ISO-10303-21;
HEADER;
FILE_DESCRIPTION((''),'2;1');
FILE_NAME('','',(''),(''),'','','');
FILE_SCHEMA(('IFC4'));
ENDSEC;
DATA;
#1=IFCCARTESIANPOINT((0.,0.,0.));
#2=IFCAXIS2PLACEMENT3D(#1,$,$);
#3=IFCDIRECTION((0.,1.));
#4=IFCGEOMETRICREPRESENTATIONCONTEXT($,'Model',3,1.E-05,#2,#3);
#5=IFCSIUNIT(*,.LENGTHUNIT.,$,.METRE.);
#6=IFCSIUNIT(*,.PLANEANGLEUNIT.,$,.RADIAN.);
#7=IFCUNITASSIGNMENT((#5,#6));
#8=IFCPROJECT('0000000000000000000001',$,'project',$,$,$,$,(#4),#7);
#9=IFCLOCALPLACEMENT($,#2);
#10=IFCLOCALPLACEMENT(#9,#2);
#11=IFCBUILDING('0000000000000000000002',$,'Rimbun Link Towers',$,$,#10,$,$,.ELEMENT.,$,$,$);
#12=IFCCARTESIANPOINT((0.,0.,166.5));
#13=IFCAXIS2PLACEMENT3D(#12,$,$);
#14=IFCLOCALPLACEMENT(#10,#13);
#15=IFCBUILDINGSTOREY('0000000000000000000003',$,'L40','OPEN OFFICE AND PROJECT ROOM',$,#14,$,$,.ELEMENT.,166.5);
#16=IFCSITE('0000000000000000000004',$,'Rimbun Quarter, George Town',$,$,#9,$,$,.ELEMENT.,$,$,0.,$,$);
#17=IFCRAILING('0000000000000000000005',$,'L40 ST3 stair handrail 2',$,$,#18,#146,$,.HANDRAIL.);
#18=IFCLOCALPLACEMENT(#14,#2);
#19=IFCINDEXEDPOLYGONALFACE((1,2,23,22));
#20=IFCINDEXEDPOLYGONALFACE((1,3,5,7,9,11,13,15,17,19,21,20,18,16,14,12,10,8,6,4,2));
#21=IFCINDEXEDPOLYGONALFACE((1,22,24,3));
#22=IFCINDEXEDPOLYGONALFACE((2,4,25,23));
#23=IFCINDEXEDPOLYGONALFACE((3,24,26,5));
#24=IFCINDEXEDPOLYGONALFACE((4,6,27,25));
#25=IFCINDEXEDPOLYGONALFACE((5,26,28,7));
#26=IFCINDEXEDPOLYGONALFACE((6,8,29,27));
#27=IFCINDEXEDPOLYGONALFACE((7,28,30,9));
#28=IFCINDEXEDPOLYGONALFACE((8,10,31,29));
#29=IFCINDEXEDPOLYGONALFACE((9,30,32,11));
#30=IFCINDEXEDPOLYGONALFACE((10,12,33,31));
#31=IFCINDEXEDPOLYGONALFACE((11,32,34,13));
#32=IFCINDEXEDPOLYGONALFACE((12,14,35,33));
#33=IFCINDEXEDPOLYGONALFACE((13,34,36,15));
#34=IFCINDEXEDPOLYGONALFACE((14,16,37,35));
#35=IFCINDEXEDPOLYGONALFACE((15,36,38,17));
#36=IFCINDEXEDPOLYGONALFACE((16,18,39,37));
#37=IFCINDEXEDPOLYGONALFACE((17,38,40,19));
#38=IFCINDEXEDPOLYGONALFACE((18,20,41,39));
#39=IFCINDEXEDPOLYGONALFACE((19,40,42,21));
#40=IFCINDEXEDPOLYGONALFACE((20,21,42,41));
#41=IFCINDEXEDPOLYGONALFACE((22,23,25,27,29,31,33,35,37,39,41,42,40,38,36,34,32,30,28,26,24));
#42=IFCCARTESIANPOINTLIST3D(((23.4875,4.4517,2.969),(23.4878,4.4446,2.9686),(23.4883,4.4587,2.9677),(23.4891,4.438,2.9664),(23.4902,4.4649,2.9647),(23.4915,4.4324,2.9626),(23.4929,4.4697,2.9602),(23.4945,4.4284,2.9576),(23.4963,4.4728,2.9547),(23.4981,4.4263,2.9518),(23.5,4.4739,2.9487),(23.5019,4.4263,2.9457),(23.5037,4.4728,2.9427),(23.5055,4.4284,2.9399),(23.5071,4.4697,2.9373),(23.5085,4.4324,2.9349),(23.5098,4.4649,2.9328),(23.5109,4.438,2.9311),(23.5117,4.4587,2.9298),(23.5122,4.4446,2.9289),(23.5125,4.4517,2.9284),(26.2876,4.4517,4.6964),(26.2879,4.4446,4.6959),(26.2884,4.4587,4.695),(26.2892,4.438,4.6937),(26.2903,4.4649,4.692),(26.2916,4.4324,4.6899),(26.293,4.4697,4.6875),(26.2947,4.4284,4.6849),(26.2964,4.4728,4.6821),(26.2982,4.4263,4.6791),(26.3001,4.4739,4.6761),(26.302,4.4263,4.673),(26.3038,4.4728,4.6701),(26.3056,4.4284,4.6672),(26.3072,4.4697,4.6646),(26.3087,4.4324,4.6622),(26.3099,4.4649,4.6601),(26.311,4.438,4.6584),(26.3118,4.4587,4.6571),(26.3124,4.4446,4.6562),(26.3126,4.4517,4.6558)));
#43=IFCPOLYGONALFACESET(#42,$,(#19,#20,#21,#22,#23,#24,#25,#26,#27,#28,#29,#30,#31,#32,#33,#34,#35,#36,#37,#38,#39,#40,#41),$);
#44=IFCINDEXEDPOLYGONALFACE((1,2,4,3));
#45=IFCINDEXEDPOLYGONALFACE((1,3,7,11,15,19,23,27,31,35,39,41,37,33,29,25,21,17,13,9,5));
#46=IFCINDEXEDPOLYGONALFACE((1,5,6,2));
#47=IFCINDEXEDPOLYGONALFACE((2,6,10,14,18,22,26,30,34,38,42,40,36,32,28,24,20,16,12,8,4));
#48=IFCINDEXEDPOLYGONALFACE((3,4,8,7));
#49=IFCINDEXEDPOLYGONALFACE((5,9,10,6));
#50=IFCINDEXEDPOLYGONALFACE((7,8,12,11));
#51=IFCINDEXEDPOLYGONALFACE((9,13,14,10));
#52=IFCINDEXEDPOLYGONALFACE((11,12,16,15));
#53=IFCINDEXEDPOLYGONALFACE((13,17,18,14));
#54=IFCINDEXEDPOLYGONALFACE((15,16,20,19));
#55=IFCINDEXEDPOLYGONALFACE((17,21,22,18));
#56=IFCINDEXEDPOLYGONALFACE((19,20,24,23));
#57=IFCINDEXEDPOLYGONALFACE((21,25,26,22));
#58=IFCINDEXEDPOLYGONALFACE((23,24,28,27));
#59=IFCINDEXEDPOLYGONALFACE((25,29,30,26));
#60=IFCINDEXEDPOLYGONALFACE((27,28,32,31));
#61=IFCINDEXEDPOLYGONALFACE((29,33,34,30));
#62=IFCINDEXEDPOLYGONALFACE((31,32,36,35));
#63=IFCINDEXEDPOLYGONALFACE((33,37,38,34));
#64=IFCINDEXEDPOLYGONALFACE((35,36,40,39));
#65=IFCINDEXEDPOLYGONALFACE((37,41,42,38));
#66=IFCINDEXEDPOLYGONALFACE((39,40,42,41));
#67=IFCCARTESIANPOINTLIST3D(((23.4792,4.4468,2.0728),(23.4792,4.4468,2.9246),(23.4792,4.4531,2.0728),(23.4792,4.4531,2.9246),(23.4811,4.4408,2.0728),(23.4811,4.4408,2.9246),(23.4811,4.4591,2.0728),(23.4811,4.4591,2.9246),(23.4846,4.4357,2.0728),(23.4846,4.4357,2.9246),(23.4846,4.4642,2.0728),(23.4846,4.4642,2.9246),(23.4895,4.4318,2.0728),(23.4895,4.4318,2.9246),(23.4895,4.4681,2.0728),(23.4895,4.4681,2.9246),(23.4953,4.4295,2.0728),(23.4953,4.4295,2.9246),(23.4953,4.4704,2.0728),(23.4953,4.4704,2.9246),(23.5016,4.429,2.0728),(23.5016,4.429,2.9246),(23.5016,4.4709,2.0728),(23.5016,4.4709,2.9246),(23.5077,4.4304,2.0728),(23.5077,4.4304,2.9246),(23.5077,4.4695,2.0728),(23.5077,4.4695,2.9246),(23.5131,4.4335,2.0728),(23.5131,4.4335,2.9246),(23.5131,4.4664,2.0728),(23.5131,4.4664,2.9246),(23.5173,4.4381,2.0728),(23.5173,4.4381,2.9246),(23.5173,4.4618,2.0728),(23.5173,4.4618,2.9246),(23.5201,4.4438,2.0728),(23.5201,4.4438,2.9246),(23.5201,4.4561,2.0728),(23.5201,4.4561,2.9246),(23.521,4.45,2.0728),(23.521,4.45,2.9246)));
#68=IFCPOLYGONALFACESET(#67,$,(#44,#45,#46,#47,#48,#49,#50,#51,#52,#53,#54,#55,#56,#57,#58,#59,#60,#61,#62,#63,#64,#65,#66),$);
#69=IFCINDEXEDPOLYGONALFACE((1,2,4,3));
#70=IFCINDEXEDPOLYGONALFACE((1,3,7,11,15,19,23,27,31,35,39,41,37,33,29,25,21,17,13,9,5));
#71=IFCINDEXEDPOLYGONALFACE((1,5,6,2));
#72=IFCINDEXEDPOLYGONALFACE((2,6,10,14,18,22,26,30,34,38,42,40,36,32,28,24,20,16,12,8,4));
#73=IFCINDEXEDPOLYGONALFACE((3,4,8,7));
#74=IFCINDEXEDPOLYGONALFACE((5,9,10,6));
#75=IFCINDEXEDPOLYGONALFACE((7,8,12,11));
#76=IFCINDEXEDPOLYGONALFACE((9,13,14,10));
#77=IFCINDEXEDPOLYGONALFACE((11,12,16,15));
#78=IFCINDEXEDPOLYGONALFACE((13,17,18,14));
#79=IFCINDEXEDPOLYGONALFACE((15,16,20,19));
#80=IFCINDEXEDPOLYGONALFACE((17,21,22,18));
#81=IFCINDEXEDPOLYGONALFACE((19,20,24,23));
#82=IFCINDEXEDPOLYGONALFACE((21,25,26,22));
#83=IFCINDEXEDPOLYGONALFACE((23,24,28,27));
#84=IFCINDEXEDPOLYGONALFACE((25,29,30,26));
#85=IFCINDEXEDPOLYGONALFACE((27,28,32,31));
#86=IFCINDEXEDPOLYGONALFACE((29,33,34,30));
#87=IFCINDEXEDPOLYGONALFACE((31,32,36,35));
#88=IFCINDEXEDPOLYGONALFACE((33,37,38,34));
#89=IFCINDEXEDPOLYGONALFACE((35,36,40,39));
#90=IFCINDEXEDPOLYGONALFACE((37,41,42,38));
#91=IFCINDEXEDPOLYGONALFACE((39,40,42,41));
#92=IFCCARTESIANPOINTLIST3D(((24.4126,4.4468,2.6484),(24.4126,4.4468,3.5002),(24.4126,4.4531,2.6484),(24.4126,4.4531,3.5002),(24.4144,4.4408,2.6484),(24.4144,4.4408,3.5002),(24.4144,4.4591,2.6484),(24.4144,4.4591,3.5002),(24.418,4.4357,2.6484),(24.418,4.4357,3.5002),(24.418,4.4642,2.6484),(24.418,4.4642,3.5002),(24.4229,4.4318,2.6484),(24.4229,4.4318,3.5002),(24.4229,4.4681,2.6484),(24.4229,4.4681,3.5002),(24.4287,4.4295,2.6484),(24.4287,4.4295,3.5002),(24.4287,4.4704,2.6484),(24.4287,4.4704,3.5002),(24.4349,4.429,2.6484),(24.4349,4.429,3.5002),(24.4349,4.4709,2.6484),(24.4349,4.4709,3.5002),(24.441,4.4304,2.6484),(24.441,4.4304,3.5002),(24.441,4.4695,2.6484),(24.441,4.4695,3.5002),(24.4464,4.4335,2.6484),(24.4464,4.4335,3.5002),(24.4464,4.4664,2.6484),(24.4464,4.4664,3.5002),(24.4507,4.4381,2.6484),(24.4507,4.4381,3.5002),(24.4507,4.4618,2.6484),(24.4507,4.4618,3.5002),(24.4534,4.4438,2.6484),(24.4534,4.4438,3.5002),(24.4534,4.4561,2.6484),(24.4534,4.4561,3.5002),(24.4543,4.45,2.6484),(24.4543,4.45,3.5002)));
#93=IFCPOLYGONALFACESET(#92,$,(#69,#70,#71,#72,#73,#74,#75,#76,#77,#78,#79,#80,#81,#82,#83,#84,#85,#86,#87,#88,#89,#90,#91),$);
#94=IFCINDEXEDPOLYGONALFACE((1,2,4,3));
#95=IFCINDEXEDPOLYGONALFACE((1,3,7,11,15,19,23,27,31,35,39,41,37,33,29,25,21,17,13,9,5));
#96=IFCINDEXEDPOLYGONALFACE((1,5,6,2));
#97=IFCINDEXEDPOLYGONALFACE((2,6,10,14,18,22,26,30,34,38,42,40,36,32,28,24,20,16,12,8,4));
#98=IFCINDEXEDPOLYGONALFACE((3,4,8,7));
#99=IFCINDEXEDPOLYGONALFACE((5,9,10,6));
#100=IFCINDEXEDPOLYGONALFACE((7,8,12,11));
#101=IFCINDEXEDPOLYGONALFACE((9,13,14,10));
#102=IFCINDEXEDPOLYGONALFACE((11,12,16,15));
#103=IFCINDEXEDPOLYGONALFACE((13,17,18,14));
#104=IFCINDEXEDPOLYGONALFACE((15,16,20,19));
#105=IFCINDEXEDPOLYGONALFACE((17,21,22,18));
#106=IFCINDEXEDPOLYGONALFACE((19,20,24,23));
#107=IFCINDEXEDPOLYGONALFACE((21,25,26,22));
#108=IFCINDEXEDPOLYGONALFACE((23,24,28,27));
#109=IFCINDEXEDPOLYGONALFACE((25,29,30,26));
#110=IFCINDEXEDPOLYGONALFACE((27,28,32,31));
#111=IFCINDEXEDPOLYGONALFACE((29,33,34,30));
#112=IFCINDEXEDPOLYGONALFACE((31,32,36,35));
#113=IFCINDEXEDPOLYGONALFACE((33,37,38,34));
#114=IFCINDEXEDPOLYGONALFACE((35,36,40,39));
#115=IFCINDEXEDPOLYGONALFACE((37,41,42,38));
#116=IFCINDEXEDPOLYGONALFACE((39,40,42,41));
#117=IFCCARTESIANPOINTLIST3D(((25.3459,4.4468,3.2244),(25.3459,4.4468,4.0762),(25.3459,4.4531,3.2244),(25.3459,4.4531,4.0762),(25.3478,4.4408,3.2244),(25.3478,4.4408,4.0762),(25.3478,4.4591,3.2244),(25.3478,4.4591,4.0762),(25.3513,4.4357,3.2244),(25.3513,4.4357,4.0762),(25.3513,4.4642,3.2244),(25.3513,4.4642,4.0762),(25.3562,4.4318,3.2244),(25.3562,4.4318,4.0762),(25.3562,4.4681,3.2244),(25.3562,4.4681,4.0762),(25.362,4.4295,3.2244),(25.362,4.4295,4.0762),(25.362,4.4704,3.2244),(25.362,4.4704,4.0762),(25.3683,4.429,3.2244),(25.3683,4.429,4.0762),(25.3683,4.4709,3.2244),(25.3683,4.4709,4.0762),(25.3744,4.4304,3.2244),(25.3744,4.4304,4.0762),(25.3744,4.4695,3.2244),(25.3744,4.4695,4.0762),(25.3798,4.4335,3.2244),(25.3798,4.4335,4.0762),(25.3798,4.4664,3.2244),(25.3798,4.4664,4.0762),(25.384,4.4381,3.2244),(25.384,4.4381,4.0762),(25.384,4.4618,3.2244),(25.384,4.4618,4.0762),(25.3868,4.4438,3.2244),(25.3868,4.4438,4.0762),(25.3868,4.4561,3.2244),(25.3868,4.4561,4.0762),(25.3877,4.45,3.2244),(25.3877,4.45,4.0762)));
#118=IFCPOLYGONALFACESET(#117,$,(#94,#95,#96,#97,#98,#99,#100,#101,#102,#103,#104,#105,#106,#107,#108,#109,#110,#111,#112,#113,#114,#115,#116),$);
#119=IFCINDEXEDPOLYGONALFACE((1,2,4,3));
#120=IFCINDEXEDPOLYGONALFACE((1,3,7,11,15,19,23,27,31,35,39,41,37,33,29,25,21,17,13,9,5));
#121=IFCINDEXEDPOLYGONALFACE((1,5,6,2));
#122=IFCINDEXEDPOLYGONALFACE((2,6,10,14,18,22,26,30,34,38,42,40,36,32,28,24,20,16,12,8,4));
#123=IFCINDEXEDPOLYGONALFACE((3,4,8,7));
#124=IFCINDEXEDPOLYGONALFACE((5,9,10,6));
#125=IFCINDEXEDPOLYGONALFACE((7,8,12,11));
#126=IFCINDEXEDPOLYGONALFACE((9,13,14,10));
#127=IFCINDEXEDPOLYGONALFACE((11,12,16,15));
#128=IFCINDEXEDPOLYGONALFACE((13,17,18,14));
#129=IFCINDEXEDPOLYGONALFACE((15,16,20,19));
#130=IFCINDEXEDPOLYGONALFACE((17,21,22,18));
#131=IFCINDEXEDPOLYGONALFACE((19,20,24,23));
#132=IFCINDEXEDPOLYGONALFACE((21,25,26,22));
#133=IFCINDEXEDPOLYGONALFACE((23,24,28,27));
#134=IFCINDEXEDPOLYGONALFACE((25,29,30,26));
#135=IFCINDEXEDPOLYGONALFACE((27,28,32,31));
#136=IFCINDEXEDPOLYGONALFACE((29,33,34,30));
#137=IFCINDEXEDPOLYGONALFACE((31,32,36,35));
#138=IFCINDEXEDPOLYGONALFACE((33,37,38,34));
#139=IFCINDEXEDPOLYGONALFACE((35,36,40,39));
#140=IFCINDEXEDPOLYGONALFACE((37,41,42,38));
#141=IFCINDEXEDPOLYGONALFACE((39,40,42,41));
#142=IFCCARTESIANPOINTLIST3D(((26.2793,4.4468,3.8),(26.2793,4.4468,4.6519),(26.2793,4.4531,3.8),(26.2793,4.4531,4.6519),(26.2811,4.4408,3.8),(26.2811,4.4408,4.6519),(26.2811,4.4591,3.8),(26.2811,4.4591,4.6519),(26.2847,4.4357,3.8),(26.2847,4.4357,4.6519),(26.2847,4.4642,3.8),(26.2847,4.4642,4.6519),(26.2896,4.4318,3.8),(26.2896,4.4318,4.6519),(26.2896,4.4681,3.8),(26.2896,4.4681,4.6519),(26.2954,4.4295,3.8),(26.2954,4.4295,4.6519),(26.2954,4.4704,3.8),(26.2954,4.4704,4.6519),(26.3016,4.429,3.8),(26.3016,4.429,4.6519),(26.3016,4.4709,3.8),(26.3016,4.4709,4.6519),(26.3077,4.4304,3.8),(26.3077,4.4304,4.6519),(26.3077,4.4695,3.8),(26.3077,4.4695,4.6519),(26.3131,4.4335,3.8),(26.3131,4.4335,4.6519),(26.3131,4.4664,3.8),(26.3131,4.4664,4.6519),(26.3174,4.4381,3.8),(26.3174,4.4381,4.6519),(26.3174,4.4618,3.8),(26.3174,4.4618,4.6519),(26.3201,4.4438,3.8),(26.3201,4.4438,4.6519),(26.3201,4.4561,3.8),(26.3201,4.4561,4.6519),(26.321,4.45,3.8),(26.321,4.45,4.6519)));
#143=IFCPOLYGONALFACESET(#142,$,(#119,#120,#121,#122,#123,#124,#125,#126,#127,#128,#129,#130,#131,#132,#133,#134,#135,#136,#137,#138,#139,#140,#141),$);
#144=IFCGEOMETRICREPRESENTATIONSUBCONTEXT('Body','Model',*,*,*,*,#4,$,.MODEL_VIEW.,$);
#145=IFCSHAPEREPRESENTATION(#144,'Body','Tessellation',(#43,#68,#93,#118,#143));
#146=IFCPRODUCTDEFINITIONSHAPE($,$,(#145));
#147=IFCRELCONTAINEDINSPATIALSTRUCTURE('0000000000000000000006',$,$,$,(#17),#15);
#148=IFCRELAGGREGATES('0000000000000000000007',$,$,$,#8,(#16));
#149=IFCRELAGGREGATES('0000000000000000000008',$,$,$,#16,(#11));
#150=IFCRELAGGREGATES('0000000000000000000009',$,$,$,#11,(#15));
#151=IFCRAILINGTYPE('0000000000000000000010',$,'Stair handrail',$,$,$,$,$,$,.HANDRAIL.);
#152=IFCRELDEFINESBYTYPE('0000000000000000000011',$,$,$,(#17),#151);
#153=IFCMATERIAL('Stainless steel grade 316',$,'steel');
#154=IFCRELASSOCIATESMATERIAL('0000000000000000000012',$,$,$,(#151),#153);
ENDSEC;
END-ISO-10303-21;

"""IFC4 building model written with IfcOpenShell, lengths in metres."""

from ifc_helpers import new_model, si_unit, direction, frame, origin, origin_2d, place, context, subcontext, project, spatial, circle, extrude, material, type_object, element, save


model = new_model("IFC4")

# Units and contexts
model_context = context("Model", 3, precision=1e-05, world=origin(), true_north=direction((0.0, 1.0)))
body_context = subcontext(model_context, "Body", "Model", "MODEL_VIEW")
ifc_project = project(units=[si_unit("LENGTHUNIT", "METRE"), si_unit("PLANEANGLEUNIT", "RADIAN")], contexts=[model_context])

# Site, building, storey
site_placement = place(None, origin())
site = spatial("IfcSite", under=ifc_project, at=site_placement, Name="Rimbun Quarter, George Town", CompositionType="ELEMENT", RefElevation=0.0)
building_placement = place(site_placement, origin())
building = spatial("IfcBuilding", under=site, at=building_placement, Name="Rimbun Link Towers", CompositionType="ELEMENT")
storey_placement = place(building_placement, frame((0.0, 0.0, 166.5)))
storey = spatial("IfcBuildingStorey", under=building, at=storey_placement, Name="L40", Description="OPEN OFFICE AND PROJECT ROOM", CompositionType="ELEMENT", Elevation=166.5)

# Railing
ifc_material_1 = material(Name="Stainless steel grade 316", Category="steel")
railing_type_1 = type_object("IfcRailingType", Name="Stair handrail", PredefinedType="HANDRAIL", material=ifc_material_1)
railing_1_placement = place(storey_placement, frame((23.5, 4.45, 2.0728)))
element("IfcRailing", 1, at=railing_1_placement, inside=storey, type_object=railing_type_1, Name="L40 ST3 stair handrail 2", PredefinedType="HANDRAIL", context=body_context, shape_type="SweptSolid", body=[
    extrude(circle(Radius=0.0239, at=origin_2d()), frame((0.0, 0.0, 0.876), z_axis=(0.85109, 0.0, 0.52502), x_axis=(0.0, 1.0, 0.0)), (0.0, 0.0, 1.0), 3.29),
    extrude(circle(Radius=0.021, at=origin_2d()), origin(), (0.0, 0.0, 1.0), 0.8518),
    extrude(circle(Radius=0.021, at=origin_2d()), frame((0.9333, 0.0, 0.5757)), (0.0, 0.0, 1.0), 0.8518),
    extrude(circle(Radius=0.021, at=origin_2d()), frame((1.8667, 0.0, 1.1516)), (0.0, 0.0, 1.0), 0.8518),
    extrude(circle(Radius=0.021, at=origin_2d()), frame((2.8, 0.0, 1.7273)), (0.0, 0.0, 1.0), 0.8518),
])

save(model, "model.ifc")
